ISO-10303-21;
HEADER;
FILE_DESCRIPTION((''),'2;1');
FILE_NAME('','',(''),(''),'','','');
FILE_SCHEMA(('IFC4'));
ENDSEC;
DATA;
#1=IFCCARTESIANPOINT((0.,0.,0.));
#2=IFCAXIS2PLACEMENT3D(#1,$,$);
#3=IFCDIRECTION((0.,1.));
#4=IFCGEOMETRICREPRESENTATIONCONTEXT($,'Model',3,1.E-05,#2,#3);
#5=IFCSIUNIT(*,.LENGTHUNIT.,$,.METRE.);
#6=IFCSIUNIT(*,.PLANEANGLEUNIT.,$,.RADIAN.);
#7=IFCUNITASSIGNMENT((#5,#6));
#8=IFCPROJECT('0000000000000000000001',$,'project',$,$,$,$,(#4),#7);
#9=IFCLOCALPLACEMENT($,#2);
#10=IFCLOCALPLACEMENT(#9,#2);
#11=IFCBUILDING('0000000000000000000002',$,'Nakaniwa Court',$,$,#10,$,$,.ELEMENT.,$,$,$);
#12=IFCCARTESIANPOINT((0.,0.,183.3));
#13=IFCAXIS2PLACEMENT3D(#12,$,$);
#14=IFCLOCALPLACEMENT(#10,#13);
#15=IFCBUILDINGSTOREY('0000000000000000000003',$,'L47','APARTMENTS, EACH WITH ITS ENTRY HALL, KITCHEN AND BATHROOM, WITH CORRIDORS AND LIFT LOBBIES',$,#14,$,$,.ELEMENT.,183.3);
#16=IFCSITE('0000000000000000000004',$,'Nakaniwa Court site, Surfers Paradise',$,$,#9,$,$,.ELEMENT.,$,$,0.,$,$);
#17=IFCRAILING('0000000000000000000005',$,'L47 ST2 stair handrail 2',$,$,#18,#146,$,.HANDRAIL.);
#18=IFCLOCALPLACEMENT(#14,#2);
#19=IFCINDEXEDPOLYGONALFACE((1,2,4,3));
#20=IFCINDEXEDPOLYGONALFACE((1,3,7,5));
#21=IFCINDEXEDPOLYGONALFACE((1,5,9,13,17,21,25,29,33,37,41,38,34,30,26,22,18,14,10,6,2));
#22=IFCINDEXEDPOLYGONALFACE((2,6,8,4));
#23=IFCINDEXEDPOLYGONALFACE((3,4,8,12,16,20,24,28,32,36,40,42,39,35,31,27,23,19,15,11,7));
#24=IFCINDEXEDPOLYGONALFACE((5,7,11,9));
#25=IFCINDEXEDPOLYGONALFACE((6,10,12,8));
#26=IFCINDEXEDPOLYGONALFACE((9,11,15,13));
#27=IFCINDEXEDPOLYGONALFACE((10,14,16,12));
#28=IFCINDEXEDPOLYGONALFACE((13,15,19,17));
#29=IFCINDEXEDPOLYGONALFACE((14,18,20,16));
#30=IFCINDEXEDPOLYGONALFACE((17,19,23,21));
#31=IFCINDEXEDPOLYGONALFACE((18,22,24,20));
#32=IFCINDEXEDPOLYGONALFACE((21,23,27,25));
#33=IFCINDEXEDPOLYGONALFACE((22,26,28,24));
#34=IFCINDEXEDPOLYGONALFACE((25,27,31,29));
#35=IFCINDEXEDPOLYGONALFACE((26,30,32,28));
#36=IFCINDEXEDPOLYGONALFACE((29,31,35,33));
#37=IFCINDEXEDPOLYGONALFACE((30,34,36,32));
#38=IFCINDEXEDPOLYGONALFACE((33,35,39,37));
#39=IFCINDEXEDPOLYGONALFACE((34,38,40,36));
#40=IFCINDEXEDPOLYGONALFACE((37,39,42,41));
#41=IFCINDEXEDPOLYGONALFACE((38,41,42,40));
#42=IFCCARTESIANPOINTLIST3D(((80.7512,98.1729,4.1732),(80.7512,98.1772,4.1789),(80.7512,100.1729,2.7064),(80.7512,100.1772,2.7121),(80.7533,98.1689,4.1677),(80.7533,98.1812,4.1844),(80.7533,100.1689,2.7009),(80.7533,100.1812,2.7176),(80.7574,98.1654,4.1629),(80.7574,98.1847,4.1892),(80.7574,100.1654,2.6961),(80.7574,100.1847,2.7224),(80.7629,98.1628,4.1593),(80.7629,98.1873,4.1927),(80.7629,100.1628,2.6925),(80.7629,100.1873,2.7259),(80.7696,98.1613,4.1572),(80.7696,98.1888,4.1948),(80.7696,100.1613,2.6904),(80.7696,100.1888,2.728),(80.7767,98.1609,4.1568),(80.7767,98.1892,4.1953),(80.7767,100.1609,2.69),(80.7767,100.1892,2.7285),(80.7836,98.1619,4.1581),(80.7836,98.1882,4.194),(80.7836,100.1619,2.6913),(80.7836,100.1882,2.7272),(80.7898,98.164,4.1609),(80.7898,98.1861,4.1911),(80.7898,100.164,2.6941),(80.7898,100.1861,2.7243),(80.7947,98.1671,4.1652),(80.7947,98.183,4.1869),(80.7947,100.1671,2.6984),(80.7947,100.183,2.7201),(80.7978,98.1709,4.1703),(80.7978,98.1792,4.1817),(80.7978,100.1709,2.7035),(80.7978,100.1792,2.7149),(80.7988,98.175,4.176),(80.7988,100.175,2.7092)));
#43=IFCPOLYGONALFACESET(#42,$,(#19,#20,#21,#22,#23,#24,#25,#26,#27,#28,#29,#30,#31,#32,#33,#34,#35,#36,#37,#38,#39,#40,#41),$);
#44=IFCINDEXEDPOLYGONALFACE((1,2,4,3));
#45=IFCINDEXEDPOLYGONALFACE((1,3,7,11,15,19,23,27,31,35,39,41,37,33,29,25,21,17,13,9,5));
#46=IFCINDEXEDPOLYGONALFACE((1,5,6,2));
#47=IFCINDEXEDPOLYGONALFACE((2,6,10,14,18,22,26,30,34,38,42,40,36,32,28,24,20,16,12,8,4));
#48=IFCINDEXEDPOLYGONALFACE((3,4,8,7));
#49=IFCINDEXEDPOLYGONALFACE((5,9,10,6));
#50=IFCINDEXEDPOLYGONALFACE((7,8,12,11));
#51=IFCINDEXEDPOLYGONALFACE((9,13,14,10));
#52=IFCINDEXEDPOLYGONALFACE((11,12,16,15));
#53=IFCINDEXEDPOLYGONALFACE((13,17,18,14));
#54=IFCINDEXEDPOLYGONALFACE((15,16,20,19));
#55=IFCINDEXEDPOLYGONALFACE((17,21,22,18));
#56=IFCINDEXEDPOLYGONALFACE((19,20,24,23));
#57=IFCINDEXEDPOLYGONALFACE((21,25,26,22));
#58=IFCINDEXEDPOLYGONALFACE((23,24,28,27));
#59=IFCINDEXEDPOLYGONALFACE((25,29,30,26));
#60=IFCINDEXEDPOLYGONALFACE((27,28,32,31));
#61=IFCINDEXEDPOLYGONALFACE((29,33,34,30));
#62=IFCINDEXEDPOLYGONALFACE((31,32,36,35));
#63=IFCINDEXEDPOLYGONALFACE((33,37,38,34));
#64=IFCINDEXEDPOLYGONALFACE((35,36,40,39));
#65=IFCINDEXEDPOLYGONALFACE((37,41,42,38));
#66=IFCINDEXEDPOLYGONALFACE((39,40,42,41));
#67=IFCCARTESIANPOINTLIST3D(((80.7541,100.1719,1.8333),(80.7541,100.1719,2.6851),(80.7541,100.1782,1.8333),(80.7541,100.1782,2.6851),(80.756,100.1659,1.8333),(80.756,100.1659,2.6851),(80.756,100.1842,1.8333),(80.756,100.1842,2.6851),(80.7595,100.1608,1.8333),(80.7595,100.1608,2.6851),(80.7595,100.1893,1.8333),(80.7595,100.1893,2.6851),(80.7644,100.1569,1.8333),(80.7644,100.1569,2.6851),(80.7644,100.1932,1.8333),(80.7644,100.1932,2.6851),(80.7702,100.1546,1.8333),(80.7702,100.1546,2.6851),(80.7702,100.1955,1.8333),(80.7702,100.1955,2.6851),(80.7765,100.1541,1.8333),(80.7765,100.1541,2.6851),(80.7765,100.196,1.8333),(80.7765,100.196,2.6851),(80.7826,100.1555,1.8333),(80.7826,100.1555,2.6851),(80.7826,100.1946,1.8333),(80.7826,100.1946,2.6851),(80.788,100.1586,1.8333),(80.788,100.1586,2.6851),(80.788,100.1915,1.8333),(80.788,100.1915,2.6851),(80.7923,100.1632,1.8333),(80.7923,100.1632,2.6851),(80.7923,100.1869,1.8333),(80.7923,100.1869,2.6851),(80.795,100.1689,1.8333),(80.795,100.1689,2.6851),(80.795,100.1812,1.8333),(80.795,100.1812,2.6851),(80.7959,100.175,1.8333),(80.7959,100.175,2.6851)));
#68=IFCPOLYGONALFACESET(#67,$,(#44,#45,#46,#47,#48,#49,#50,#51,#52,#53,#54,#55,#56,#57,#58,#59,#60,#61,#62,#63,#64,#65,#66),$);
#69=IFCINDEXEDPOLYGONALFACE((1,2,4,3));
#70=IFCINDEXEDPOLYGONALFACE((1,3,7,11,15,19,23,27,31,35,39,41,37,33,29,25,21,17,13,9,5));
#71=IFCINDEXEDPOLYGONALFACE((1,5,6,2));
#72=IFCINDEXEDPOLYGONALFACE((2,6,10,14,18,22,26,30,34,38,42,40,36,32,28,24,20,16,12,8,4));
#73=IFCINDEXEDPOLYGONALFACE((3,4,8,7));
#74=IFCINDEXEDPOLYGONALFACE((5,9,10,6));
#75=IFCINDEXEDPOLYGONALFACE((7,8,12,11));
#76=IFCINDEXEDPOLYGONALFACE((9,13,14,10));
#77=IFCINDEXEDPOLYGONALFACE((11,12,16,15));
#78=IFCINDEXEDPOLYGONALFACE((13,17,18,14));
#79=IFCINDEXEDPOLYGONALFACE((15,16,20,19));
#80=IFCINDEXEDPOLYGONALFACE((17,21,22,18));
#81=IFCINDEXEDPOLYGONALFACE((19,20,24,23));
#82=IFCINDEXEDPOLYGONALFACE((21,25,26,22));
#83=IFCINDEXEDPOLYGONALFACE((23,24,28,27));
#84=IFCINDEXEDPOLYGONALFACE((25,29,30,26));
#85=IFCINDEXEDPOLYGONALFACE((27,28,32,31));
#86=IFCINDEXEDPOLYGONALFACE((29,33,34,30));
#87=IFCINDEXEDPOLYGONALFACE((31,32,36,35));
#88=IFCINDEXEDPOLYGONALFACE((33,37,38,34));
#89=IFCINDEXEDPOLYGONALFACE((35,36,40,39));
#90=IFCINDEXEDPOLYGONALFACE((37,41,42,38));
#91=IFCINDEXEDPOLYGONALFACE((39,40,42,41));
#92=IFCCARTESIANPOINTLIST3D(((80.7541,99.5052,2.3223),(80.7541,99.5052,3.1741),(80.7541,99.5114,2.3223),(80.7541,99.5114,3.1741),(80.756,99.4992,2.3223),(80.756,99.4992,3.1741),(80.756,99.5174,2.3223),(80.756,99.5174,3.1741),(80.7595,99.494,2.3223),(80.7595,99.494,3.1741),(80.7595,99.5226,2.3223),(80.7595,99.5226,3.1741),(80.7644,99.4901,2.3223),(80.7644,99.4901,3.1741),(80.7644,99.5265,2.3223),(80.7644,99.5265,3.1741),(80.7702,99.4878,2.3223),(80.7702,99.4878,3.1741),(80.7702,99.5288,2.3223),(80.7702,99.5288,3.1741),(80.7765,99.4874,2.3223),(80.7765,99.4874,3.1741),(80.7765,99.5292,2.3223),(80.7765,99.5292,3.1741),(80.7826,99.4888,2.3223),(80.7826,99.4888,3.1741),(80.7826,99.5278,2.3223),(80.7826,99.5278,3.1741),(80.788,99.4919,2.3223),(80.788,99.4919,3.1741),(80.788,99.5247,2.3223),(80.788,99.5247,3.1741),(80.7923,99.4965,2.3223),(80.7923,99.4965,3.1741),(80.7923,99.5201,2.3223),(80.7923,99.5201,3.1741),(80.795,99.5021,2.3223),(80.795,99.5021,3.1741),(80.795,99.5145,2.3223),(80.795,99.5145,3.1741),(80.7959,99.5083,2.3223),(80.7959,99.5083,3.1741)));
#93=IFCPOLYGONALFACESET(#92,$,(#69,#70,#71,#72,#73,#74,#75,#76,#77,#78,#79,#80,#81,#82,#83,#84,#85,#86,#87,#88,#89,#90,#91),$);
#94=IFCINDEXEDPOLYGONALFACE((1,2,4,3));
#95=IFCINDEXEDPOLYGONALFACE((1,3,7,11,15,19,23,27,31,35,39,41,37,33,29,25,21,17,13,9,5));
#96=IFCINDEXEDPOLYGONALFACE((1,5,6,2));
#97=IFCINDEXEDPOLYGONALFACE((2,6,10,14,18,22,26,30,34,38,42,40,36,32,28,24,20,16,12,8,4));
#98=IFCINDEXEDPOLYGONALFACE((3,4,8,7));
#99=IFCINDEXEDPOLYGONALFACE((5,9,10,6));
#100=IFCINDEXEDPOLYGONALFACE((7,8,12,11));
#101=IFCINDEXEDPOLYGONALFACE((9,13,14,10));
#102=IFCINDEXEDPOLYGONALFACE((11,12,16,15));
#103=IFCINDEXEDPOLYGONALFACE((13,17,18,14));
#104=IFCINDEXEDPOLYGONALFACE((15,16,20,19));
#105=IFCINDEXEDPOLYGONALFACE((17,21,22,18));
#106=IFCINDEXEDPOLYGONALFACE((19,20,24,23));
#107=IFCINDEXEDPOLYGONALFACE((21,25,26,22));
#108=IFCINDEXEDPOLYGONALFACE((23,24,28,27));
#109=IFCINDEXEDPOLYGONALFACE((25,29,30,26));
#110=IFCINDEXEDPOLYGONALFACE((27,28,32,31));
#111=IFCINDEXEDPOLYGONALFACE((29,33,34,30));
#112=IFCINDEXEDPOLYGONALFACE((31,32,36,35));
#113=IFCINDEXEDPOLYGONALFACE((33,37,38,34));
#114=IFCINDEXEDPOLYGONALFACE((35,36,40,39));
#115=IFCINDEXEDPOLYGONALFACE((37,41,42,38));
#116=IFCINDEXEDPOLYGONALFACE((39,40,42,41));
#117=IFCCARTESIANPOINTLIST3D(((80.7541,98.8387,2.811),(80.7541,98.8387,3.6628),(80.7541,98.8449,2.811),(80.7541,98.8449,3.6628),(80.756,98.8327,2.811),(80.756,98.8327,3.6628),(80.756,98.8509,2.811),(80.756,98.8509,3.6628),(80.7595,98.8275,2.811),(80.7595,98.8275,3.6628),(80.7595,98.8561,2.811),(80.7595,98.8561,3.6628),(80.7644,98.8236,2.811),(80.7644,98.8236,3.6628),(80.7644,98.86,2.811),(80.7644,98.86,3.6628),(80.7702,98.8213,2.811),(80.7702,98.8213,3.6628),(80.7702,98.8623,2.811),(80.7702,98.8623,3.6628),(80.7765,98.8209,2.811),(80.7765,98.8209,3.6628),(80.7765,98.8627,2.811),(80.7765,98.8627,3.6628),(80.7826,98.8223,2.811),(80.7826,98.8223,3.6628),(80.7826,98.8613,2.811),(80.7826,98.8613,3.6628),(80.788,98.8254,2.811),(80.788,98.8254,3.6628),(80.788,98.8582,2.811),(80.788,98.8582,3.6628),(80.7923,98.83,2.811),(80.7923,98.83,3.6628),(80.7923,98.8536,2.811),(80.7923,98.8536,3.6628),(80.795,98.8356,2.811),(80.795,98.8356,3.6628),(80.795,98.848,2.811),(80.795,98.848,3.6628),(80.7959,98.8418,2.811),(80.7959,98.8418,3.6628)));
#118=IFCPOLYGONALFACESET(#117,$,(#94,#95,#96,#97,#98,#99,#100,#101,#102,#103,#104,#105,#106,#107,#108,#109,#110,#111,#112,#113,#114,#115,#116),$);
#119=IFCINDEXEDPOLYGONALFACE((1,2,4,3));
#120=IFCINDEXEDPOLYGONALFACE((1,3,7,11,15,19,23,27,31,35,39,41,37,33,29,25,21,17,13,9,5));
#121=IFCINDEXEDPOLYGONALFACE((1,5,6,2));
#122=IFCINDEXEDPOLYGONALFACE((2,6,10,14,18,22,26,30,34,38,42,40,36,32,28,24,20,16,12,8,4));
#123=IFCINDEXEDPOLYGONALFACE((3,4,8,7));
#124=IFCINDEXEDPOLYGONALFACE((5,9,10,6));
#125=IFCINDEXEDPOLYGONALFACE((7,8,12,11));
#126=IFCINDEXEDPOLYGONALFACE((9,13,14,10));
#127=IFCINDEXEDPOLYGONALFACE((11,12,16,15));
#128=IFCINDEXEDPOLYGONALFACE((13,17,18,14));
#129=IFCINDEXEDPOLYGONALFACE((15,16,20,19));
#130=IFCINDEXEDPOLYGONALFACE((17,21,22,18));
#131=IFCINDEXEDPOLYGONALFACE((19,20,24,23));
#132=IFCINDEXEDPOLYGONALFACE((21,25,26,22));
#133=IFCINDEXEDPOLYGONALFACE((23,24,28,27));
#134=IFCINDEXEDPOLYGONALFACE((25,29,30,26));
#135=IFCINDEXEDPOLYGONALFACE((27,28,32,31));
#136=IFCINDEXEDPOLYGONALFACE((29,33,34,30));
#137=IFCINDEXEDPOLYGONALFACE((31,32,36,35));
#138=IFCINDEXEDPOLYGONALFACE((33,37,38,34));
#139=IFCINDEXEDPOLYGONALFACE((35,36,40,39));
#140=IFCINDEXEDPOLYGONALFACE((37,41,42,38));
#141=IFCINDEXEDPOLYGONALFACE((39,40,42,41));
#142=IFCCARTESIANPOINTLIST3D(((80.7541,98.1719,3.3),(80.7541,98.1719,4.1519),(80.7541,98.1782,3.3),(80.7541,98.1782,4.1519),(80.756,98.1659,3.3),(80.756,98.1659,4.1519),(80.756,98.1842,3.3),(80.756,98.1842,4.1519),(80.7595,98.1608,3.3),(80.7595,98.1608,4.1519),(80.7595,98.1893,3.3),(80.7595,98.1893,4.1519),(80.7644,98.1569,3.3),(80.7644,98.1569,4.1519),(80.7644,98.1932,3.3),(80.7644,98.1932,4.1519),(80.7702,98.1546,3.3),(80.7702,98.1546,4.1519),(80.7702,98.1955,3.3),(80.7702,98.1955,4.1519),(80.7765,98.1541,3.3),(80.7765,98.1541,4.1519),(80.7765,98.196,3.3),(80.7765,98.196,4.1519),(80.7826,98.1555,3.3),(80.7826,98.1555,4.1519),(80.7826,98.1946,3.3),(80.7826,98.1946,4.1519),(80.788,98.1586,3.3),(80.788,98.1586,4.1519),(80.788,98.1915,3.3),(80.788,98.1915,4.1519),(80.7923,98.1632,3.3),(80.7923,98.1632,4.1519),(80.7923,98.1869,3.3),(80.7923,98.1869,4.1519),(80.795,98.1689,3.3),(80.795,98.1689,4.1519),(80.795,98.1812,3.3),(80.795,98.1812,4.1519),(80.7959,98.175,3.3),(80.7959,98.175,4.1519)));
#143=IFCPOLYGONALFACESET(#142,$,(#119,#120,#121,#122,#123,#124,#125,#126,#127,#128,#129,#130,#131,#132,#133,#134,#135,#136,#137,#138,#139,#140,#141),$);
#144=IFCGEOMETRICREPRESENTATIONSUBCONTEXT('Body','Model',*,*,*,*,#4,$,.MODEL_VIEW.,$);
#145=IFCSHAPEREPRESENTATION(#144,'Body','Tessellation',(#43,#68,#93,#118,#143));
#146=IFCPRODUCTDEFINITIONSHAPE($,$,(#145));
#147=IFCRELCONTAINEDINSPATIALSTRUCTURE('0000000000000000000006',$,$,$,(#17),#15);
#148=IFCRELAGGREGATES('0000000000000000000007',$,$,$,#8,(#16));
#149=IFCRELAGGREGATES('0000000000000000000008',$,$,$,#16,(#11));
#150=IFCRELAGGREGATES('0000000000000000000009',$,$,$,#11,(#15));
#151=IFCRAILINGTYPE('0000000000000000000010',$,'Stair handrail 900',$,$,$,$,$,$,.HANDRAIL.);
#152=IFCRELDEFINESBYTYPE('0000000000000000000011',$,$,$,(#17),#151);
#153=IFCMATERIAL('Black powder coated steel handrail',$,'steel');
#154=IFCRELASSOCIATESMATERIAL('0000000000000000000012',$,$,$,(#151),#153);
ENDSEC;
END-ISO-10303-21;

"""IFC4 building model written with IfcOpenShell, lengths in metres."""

from ifc_helpers import new_model, si_unit, direction, frame, origin, origin_2d, place, context, subcontext, project, spatial, circle, extrude, material, type_object, element, save


model = new_model("IFC4")

# Units and contexts
model_context = context("Model", 3, precision=1e-05, world=origin(), true_north=direction((0.0, 1.0)))
body_context = subcontext(model_context, "Body", "Model", "MODEL_VIEW")
ifc_project = project(units=[si_unit("LENGTHUNIT", "METRE"), si_unit("PLANEANGLEUNIT", "RADIAN")], contexts=[model_context])

# Site, building, storey
site_placement = place(None, origin())
site = spatial("IfcSite", under=ifc_project, at=site_placement, Name="Nakaniwa Court site, Surfers Paradise", CompositionType="ELEMENT", RefElevation=0.0)
building_placement = place(site_placement, origin())
building = spatial("IfcBuilding", under=site, at=building_placement, Name="Nakaniwa Court", CompositionType="ELEMENT")
storey_placement = place(building_placement, frame((0.0, 0.0, 183.3)))
storey = spatial("IfcBuildingStorey", under=building, at=storey_placement, Name="L47", Description="APARTMENTS, EACH WITH ITS ENTRY HALL, KITCHEN AND BATHROOM, WITH CORRIDORS AND LIFT LOBBIES", CompositionType="ELEMENT", Elevation=183.3)

# Railing
ifc_material_1 = material(Name="Black powder coated steel handrail", Category="steel")
railing_type_1 = type_object("IfcRailingType", Name="Stair handrail 900", PredefinedType="HANDRAIL", material=ifc_material_1)
railing_1_placement = place(storey_placement, frame((80.7749, 100.175, 1.8333)))
element("IfcRailing", 1, at=railing_1_placement, inside=storey, type_object=railing_type_1, Name="L47 ST2 stair handrail 2", PredefinedType="HANDRAIL", context=body_context, shape_type="SweptSolid", body=[
    extrude(circle(Radius=0.0239, at=origin_2d()), frame((0.0, 0.0, 0.876), z_axis=(0.0, -0.80638, 0.591398), x_axis=(1.0, 0.0, 0.0)), (0.0, 0.0, 1.0), 2.4802),
    extrude(circle(Radius=0.021, at=origin_2d()), origin(), (0.0, 0.0, 1.0), 0.8518),
    extrude(circle(Radius=0.021, at=origin_2d()), frame((0.0, -0.6667, 0.489)), (0.0, 0.0, 1.0), 0.8518),
    extrude(circle(Radius=0.021, at=origin_2d()), frame((0.0, -1.3333, 0.9778)), (0.0, 0.0, 1.0), 0.8518),
    extrude(circle(Radius=0.021, at=origin_2d()), frame((0.0, -2.0, 1.4668)), (0.0, 0.0, 1.0), 0.8518),
])

save(model, "model.ifc")
